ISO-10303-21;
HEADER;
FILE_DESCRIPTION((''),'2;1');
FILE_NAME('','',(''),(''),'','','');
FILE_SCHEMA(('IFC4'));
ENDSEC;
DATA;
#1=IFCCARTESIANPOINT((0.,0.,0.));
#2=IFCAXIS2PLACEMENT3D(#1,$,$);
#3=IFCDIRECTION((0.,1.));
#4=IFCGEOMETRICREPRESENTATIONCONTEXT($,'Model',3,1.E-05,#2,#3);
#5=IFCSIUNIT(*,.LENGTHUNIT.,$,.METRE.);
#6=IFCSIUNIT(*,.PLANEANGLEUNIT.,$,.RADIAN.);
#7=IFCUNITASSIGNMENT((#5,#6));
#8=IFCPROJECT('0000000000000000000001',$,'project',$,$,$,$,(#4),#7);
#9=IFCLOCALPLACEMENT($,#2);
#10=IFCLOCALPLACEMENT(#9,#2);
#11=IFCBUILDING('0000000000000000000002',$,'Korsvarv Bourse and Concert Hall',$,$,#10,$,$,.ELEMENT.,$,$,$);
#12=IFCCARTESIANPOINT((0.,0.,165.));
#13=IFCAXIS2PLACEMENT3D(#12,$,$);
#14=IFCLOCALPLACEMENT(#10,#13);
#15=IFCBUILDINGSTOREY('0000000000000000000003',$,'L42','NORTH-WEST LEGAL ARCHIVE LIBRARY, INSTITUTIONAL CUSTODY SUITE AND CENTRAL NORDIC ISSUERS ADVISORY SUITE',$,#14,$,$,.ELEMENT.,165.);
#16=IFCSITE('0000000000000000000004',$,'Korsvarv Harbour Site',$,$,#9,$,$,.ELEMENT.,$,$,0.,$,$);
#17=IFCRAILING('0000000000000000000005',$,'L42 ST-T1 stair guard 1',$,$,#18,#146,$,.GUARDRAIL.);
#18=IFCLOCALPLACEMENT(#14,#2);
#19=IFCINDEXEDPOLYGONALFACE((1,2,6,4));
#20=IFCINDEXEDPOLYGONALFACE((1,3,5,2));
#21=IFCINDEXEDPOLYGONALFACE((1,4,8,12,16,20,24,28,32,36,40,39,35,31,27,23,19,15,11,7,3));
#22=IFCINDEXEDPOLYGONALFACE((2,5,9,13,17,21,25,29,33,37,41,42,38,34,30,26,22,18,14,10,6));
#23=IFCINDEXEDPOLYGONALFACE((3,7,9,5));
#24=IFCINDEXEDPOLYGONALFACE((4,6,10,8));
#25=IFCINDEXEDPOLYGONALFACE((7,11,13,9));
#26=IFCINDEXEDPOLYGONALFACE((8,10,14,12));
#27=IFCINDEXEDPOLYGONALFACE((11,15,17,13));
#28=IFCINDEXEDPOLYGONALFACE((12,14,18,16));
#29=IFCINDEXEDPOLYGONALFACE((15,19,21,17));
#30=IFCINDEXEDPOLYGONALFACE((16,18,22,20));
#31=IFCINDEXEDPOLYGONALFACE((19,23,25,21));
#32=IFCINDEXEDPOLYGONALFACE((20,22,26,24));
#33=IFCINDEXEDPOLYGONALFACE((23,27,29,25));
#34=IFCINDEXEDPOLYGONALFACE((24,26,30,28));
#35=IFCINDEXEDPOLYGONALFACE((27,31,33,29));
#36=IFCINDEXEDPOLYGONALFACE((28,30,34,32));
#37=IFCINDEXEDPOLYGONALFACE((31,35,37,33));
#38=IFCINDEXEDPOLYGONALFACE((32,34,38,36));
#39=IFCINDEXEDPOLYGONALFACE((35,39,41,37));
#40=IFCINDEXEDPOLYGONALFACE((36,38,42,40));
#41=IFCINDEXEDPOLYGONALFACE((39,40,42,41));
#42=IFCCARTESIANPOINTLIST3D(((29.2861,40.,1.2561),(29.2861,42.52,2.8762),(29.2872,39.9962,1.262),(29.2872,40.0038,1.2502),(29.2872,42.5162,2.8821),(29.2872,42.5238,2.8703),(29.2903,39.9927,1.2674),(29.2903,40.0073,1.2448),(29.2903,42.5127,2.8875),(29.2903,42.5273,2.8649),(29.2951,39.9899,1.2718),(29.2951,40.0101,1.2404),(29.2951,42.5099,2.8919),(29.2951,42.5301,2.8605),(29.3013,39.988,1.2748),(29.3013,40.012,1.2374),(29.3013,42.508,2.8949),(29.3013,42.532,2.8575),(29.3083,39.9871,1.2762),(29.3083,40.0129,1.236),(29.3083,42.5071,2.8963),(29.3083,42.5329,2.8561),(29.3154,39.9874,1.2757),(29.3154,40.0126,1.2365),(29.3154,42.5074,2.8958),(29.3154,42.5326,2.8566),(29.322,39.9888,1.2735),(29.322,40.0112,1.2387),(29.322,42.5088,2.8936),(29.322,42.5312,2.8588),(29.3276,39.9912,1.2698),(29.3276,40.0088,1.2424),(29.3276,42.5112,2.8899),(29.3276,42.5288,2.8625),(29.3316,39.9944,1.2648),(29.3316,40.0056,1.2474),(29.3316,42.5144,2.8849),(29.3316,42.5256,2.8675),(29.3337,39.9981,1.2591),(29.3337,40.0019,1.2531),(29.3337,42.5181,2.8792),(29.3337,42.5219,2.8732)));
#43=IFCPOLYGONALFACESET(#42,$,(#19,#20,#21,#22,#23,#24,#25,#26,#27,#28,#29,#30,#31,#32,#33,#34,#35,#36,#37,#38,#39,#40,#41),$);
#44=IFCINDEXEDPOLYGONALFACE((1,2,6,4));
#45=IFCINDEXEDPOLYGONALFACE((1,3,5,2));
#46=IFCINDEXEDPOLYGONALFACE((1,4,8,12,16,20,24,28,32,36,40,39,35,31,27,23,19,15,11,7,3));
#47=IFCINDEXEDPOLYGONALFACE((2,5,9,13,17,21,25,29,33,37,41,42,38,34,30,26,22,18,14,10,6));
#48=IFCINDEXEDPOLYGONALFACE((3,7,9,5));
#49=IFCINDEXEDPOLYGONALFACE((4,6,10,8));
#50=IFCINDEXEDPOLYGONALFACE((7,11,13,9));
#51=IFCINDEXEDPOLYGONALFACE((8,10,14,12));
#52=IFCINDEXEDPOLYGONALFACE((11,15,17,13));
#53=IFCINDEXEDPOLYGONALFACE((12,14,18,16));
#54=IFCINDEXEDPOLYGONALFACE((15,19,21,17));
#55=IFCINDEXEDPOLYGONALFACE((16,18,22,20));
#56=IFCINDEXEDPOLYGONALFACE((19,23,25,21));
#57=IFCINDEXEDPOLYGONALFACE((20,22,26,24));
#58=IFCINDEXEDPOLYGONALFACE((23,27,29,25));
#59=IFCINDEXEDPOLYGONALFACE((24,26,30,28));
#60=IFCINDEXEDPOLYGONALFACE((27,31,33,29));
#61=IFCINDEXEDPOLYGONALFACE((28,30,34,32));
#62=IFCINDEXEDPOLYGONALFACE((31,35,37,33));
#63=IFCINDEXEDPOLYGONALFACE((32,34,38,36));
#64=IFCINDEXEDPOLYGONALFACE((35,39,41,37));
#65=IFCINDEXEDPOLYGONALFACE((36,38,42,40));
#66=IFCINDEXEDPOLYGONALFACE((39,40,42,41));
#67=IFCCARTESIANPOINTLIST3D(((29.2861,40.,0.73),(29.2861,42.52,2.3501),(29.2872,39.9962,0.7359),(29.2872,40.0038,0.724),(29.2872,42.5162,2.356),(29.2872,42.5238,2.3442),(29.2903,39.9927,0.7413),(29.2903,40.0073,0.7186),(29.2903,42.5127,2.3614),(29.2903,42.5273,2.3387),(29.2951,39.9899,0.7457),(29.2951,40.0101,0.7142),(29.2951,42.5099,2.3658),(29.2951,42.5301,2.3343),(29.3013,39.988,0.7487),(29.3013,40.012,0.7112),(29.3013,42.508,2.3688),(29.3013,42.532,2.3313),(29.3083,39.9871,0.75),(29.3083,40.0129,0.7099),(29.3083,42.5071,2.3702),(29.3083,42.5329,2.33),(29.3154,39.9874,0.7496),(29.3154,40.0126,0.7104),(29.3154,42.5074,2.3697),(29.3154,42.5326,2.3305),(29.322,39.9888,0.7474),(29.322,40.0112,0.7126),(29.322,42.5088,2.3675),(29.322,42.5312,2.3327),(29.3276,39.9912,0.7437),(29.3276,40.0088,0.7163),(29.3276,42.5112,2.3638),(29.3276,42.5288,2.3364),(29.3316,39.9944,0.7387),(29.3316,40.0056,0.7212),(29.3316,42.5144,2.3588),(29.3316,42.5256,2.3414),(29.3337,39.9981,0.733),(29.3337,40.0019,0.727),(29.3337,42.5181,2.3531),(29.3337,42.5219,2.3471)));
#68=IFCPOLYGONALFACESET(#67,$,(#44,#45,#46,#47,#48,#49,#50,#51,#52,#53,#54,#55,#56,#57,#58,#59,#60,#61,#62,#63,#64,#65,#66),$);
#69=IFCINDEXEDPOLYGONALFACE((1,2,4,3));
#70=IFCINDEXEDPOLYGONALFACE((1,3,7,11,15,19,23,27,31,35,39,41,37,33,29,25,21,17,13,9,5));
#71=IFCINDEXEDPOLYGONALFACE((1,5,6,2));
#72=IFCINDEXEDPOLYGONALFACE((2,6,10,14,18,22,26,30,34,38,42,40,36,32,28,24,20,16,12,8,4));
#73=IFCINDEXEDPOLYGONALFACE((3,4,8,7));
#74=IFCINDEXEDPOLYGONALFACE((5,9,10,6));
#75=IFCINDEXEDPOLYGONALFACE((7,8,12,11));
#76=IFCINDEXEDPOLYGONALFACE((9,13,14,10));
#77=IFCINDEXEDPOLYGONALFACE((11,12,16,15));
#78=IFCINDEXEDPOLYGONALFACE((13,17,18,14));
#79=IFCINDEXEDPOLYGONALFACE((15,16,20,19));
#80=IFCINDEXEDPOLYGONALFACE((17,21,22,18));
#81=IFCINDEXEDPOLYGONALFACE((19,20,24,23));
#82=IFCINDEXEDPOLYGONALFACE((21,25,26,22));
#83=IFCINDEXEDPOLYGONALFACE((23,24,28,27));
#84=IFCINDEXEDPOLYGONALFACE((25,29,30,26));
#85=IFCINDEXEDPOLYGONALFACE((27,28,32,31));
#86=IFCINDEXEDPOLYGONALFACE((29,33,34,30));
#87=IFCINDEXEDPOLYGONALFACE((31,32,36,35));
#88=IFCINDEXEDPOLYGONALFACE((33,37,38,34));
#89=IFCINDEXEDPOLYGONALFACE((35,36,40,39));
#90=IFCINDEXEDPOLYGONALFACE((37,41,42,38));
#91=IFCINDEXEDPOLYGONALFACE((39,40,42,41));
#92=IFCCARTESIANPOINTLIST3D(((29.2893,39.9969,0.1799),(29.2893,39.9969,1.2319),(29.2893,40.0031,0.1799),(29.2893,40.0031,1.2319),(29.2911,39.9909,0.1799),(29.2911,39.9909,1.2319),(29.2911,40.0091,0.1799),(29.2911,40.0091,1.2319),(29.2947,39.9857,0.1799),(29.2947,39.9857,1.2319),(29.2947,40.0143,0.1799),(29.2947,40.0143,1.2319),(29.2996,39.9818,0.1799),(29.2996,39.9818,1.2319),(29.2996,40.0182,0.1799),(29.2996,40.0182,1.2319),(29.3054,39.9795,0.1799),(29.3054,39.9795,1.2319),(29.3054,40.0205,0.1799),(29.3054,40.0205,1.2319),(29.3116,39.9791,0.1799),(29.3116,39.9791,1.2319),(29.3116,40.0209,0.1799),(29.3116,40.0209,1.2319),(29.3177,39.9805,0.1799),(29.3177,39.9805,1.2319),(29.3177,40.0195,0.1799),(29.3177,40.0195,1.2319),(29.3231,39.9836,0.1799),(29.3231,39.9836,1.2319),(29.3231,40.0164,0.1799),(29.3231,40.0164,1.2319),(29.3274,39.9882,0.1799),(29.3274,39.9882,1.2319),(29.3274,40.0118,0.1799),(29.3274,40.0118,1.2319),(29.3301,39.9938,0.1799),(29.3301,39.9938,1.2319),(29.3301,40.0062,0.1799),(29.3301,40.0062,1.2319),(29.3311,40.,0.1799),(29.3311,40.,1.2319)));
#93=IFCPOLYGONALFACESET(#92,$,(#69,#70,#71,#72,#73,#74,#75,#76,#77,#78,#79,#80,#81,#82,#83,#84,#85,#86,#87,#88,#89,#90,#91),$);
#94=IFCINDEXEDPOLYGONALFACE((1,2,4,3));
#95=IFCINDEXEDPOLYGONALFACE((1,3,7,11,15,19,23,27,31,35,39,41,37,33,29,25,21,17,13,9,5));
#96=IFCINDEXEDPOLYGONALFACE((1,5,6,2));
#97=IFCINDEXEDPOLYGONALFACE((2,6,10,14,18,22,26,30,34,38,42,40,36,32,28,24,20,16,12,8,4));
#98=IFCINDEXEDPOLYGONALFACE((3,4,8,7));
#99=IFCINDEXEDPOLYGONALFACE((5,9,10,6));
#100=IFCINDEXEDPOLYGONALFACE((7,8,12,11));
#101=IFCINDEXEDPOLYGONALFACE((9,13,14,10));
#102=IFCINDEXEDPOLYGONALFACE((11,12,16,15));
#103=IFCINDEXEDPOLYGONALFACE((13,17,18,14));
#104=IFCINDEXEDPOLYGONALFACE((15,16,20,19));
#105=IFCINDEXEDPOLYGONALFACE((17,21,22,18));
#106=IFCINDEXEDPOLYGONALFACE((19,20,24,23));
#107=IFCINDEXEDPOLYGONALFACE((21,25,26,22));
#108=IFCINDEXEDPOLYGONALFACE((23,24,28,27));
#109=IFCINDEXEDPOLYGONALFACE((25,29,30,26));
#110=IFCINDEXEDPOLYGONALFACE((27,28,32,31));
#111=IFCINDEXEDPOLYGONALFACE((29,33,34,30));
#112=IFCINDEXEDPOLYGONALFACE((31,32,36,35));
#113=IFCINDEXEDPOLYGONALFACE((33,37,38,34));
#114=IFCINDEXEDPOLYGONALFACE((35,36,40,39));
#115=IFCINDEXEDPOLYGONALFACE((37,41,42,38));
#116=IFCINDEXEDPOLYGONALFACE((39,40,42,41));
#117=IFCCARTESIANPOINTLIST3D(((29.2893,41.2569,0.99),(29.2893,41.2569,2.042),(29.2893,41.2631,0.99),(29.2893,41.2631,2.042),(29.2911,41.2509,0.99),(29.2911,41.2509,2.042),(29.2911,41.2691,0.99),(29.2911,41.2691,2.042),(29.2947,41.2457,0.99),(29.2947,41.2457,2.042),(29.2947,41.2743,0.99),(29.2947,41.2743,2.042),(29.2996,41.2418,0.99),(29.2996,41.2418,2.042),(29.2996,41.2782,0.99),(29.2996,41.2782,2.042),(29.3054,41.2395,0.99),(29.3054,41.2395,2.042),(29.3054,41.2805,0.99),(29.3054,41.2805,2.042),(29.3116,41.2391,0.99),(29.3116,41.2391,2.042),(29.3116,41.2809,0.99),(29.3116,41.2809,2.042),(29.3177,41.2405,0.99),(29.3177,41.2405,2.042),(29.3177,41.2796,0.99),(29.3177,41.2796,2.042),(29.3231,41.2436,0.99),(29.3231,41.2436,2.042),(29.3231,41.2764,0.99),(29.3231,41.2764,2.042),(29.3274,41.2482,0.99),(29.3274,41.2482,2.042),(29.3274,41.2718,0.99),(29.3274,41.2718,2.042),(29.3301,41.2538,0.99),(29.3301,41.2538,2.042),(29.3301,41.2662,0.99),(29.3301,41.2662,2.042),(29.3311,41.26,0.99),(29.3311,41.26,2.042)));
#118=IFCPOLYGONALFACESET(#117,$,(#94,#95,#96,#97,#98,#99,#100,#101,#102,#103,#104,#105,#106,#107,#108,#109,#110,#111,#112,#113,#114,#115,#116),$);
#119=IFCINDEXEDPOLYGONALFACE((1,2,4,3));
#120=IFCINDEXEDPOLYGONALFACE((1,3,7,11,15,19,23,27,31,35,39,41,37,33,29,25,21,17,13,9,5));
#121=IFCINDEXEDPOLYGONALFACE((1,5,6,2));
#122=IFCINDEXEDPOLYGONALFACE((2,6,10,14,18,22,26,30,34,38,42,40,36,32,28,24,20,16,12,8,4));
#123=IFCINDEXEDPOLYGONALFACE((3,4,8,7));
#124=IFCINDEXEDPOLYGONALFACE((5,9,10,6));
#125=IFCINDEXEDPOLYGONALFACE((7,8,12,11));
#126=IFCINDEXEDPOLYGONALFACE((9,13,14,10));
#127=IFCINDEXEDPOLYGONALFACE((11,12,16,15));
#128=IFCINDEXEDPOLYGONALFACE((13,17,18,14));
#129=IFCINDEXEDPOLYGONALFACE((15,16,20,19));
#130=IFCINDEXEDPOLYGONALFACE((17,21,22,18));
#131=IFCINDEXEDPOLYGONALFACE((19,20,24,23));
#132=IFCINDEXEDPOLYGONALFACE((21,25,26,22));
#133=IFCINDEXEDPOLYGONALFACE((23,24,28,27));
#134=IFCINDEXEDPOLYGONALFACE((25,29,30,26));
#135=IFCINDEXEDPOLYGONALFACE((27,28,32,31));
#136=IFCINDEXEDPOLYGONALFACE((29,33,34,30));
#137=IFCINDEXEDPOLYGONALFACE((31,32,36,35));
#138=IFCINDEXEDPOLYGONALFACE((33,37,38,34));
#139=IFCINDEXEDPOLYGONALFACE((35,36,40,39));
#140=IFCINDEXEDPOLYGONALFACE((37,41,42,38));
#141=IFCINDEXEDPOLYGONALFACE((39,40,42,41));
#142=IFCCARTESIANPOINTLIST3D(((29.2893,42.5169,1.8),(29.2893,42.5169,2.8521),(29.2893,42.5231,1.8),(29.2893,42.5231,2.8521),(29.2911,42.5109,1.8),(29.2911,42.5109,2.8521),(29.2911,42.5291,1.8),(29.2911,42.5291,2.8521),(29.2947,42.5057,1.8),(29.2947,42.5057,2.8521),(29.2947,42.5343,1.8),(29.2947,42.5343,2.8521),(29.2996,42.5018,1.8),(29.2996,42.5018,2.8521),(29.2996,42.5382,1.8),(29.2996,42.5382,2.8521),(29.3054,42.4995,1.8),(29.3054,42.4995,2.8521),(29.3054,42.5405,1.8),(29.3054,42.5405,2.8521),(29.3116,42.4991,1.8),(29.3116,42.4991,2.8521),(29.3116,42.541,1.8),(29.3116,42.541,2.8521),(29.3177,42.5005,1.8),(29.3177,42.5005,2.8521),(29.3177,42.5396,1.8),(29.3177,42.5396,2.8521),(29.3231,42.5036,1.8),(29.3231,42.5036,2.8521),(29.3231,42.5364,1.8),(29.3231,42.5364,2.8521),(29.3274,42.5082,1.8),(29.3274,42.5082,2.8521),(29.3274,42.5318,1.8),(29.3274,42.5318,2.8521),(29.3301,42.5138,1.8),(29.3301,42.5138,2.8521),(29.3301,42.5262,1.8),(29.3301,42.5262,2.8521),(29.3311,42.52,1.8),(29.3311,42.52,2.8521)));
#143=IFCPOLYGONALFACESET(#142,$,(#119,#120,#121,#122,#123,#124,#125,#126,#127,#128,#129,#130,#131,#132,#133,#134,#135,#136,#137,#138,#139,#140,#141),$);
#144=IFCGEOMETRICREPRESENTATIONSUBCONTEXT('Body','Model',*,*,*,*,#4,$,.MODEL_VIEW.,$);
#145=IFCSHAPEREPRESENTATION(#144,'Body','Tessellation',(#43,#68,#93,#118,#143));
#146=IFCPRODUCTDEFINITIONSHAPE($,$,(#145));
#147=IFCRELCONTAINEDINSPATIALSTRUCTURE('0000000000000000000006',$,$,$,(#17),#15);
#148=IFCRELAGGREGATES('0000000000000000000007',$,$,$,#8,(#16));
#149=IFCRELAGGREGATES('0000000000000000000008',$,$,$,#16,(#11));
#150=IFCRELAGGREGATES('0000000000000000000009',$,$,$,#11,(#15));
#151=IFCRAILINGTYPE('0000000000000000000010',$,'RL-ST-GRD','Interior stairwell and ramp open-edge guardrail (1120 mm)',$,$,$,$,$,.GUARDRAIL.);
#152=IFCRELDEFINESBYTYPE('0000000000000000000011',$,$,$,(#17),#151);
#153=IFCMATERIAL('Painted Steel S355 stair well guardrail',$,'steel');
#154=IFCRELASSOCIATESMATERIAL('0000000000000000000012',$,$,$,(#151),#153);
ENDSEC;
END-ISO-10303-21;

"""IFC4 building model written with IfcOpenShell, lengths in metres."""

from ifc_helpers import new_model, si_unit, direction, frame, origin, origin_2d, place, context, subcontext, project, spatial, circle, extrude, material, type_object, element, save


model = new_model("IFC4")

# Units and contexts
model_context = context("Model", 3, precision=1e-05, world=origin(), true_north=direction((0.0, 1.0)))
body_context = subcontext(model_context, "Body", "Model", "MODEL_VIEW")
ifc_project = project(units=[si_unit("LENGTHUNIT", "METRE"), si_unit("PLANEANGLEUNIT", "RADIAN")], contexts=[model_context])

# Site, building, storey
site_placement = place(None, origin())
site = spatial("IfcSite", under=ifc_project, at=site_placement, Name="Korsvarv Harbour Site", CompositionType="ELEMENT", RefElevation=0.0)
building_placement = place(site_placement, origin())
building = spatial("IfcBuilding", under=site, at=building_placement, Name="Korsvarv Bourse and Concert Hall", CompositionType="ELEMENT")
storey_placement = place(building_placement, frame((0.0, 0.0, 165.0)))
storey = spatial("IfcBuildingStorey", under=building, at=storey_placement, Name="L42", Description="NORTH-WEST LEGAL ARCHIVE LIBRARY, INSTITUTIONAL CUSTODY SUITE AND CENTRAL NORDIC ISSUERS ADVISORY SUITE", CompositionType="ELEMENT", Elevation=165.0)

# Railing
ifc_material_1 = material(Name="Painted Steel S355 stair well guardrail", Category="steel")
railing_type_1 = type_object("IfcRailingType", Name="RL-ST-GRD", Description="Interior stairwell and ramp open-edge guardrail (1120 mm)", PredefinedType="GUARDRAIL", material=ifc_material_1)
railing_1_placement = place(storey_placement, frame((29.3101, 40.0, 0.1799)))
element("IfcRailing", 1, at=railing_1_placement, inside=storey, type_object=railing_type_1, Name="L42 ST-T1 stair guard 1", PredefinedType="GUARDRAIL", context=body_context, shape_type="SweptSolid", body=[
    extrude(circle(Radius=0.0239, at=origin_2d()), frame((0.0, 0.0, 1.0762), z_axis=(0.0, 0.841163, 0.540782), x_axis=(-1.0, 0.0, 0.0)), (0.0, 0.0, 1.0), 2.9958),
    extrude(circle(Radius=0.0239, at=origin_2d()), frame((0.0, 0.0, 0.55), z_axis=(0.0, 0.841163, 0.540782), x_axis=(-1.0, 0.0, 0.0)), (0.0, 0.0, 1.0), 2.9958),
    extrude(circle(Radius=0.021, at=origin_2d()), origin(), (0.0, 0.0, 1.0), 1.052),
    extrude(circle(Radius=0.021, at=origin_2d()), frame((0.0, 1.26, 0.8101)), (0.0, 0.0, 1.0), 1.052),
    extrude(circle(Radius=0.021, at=origin_2d()), frame((0.0, 2.52, 1.6201)), (0.0, 0.0, 1.0), 1.052),
])

save(model, "model.ifc")
